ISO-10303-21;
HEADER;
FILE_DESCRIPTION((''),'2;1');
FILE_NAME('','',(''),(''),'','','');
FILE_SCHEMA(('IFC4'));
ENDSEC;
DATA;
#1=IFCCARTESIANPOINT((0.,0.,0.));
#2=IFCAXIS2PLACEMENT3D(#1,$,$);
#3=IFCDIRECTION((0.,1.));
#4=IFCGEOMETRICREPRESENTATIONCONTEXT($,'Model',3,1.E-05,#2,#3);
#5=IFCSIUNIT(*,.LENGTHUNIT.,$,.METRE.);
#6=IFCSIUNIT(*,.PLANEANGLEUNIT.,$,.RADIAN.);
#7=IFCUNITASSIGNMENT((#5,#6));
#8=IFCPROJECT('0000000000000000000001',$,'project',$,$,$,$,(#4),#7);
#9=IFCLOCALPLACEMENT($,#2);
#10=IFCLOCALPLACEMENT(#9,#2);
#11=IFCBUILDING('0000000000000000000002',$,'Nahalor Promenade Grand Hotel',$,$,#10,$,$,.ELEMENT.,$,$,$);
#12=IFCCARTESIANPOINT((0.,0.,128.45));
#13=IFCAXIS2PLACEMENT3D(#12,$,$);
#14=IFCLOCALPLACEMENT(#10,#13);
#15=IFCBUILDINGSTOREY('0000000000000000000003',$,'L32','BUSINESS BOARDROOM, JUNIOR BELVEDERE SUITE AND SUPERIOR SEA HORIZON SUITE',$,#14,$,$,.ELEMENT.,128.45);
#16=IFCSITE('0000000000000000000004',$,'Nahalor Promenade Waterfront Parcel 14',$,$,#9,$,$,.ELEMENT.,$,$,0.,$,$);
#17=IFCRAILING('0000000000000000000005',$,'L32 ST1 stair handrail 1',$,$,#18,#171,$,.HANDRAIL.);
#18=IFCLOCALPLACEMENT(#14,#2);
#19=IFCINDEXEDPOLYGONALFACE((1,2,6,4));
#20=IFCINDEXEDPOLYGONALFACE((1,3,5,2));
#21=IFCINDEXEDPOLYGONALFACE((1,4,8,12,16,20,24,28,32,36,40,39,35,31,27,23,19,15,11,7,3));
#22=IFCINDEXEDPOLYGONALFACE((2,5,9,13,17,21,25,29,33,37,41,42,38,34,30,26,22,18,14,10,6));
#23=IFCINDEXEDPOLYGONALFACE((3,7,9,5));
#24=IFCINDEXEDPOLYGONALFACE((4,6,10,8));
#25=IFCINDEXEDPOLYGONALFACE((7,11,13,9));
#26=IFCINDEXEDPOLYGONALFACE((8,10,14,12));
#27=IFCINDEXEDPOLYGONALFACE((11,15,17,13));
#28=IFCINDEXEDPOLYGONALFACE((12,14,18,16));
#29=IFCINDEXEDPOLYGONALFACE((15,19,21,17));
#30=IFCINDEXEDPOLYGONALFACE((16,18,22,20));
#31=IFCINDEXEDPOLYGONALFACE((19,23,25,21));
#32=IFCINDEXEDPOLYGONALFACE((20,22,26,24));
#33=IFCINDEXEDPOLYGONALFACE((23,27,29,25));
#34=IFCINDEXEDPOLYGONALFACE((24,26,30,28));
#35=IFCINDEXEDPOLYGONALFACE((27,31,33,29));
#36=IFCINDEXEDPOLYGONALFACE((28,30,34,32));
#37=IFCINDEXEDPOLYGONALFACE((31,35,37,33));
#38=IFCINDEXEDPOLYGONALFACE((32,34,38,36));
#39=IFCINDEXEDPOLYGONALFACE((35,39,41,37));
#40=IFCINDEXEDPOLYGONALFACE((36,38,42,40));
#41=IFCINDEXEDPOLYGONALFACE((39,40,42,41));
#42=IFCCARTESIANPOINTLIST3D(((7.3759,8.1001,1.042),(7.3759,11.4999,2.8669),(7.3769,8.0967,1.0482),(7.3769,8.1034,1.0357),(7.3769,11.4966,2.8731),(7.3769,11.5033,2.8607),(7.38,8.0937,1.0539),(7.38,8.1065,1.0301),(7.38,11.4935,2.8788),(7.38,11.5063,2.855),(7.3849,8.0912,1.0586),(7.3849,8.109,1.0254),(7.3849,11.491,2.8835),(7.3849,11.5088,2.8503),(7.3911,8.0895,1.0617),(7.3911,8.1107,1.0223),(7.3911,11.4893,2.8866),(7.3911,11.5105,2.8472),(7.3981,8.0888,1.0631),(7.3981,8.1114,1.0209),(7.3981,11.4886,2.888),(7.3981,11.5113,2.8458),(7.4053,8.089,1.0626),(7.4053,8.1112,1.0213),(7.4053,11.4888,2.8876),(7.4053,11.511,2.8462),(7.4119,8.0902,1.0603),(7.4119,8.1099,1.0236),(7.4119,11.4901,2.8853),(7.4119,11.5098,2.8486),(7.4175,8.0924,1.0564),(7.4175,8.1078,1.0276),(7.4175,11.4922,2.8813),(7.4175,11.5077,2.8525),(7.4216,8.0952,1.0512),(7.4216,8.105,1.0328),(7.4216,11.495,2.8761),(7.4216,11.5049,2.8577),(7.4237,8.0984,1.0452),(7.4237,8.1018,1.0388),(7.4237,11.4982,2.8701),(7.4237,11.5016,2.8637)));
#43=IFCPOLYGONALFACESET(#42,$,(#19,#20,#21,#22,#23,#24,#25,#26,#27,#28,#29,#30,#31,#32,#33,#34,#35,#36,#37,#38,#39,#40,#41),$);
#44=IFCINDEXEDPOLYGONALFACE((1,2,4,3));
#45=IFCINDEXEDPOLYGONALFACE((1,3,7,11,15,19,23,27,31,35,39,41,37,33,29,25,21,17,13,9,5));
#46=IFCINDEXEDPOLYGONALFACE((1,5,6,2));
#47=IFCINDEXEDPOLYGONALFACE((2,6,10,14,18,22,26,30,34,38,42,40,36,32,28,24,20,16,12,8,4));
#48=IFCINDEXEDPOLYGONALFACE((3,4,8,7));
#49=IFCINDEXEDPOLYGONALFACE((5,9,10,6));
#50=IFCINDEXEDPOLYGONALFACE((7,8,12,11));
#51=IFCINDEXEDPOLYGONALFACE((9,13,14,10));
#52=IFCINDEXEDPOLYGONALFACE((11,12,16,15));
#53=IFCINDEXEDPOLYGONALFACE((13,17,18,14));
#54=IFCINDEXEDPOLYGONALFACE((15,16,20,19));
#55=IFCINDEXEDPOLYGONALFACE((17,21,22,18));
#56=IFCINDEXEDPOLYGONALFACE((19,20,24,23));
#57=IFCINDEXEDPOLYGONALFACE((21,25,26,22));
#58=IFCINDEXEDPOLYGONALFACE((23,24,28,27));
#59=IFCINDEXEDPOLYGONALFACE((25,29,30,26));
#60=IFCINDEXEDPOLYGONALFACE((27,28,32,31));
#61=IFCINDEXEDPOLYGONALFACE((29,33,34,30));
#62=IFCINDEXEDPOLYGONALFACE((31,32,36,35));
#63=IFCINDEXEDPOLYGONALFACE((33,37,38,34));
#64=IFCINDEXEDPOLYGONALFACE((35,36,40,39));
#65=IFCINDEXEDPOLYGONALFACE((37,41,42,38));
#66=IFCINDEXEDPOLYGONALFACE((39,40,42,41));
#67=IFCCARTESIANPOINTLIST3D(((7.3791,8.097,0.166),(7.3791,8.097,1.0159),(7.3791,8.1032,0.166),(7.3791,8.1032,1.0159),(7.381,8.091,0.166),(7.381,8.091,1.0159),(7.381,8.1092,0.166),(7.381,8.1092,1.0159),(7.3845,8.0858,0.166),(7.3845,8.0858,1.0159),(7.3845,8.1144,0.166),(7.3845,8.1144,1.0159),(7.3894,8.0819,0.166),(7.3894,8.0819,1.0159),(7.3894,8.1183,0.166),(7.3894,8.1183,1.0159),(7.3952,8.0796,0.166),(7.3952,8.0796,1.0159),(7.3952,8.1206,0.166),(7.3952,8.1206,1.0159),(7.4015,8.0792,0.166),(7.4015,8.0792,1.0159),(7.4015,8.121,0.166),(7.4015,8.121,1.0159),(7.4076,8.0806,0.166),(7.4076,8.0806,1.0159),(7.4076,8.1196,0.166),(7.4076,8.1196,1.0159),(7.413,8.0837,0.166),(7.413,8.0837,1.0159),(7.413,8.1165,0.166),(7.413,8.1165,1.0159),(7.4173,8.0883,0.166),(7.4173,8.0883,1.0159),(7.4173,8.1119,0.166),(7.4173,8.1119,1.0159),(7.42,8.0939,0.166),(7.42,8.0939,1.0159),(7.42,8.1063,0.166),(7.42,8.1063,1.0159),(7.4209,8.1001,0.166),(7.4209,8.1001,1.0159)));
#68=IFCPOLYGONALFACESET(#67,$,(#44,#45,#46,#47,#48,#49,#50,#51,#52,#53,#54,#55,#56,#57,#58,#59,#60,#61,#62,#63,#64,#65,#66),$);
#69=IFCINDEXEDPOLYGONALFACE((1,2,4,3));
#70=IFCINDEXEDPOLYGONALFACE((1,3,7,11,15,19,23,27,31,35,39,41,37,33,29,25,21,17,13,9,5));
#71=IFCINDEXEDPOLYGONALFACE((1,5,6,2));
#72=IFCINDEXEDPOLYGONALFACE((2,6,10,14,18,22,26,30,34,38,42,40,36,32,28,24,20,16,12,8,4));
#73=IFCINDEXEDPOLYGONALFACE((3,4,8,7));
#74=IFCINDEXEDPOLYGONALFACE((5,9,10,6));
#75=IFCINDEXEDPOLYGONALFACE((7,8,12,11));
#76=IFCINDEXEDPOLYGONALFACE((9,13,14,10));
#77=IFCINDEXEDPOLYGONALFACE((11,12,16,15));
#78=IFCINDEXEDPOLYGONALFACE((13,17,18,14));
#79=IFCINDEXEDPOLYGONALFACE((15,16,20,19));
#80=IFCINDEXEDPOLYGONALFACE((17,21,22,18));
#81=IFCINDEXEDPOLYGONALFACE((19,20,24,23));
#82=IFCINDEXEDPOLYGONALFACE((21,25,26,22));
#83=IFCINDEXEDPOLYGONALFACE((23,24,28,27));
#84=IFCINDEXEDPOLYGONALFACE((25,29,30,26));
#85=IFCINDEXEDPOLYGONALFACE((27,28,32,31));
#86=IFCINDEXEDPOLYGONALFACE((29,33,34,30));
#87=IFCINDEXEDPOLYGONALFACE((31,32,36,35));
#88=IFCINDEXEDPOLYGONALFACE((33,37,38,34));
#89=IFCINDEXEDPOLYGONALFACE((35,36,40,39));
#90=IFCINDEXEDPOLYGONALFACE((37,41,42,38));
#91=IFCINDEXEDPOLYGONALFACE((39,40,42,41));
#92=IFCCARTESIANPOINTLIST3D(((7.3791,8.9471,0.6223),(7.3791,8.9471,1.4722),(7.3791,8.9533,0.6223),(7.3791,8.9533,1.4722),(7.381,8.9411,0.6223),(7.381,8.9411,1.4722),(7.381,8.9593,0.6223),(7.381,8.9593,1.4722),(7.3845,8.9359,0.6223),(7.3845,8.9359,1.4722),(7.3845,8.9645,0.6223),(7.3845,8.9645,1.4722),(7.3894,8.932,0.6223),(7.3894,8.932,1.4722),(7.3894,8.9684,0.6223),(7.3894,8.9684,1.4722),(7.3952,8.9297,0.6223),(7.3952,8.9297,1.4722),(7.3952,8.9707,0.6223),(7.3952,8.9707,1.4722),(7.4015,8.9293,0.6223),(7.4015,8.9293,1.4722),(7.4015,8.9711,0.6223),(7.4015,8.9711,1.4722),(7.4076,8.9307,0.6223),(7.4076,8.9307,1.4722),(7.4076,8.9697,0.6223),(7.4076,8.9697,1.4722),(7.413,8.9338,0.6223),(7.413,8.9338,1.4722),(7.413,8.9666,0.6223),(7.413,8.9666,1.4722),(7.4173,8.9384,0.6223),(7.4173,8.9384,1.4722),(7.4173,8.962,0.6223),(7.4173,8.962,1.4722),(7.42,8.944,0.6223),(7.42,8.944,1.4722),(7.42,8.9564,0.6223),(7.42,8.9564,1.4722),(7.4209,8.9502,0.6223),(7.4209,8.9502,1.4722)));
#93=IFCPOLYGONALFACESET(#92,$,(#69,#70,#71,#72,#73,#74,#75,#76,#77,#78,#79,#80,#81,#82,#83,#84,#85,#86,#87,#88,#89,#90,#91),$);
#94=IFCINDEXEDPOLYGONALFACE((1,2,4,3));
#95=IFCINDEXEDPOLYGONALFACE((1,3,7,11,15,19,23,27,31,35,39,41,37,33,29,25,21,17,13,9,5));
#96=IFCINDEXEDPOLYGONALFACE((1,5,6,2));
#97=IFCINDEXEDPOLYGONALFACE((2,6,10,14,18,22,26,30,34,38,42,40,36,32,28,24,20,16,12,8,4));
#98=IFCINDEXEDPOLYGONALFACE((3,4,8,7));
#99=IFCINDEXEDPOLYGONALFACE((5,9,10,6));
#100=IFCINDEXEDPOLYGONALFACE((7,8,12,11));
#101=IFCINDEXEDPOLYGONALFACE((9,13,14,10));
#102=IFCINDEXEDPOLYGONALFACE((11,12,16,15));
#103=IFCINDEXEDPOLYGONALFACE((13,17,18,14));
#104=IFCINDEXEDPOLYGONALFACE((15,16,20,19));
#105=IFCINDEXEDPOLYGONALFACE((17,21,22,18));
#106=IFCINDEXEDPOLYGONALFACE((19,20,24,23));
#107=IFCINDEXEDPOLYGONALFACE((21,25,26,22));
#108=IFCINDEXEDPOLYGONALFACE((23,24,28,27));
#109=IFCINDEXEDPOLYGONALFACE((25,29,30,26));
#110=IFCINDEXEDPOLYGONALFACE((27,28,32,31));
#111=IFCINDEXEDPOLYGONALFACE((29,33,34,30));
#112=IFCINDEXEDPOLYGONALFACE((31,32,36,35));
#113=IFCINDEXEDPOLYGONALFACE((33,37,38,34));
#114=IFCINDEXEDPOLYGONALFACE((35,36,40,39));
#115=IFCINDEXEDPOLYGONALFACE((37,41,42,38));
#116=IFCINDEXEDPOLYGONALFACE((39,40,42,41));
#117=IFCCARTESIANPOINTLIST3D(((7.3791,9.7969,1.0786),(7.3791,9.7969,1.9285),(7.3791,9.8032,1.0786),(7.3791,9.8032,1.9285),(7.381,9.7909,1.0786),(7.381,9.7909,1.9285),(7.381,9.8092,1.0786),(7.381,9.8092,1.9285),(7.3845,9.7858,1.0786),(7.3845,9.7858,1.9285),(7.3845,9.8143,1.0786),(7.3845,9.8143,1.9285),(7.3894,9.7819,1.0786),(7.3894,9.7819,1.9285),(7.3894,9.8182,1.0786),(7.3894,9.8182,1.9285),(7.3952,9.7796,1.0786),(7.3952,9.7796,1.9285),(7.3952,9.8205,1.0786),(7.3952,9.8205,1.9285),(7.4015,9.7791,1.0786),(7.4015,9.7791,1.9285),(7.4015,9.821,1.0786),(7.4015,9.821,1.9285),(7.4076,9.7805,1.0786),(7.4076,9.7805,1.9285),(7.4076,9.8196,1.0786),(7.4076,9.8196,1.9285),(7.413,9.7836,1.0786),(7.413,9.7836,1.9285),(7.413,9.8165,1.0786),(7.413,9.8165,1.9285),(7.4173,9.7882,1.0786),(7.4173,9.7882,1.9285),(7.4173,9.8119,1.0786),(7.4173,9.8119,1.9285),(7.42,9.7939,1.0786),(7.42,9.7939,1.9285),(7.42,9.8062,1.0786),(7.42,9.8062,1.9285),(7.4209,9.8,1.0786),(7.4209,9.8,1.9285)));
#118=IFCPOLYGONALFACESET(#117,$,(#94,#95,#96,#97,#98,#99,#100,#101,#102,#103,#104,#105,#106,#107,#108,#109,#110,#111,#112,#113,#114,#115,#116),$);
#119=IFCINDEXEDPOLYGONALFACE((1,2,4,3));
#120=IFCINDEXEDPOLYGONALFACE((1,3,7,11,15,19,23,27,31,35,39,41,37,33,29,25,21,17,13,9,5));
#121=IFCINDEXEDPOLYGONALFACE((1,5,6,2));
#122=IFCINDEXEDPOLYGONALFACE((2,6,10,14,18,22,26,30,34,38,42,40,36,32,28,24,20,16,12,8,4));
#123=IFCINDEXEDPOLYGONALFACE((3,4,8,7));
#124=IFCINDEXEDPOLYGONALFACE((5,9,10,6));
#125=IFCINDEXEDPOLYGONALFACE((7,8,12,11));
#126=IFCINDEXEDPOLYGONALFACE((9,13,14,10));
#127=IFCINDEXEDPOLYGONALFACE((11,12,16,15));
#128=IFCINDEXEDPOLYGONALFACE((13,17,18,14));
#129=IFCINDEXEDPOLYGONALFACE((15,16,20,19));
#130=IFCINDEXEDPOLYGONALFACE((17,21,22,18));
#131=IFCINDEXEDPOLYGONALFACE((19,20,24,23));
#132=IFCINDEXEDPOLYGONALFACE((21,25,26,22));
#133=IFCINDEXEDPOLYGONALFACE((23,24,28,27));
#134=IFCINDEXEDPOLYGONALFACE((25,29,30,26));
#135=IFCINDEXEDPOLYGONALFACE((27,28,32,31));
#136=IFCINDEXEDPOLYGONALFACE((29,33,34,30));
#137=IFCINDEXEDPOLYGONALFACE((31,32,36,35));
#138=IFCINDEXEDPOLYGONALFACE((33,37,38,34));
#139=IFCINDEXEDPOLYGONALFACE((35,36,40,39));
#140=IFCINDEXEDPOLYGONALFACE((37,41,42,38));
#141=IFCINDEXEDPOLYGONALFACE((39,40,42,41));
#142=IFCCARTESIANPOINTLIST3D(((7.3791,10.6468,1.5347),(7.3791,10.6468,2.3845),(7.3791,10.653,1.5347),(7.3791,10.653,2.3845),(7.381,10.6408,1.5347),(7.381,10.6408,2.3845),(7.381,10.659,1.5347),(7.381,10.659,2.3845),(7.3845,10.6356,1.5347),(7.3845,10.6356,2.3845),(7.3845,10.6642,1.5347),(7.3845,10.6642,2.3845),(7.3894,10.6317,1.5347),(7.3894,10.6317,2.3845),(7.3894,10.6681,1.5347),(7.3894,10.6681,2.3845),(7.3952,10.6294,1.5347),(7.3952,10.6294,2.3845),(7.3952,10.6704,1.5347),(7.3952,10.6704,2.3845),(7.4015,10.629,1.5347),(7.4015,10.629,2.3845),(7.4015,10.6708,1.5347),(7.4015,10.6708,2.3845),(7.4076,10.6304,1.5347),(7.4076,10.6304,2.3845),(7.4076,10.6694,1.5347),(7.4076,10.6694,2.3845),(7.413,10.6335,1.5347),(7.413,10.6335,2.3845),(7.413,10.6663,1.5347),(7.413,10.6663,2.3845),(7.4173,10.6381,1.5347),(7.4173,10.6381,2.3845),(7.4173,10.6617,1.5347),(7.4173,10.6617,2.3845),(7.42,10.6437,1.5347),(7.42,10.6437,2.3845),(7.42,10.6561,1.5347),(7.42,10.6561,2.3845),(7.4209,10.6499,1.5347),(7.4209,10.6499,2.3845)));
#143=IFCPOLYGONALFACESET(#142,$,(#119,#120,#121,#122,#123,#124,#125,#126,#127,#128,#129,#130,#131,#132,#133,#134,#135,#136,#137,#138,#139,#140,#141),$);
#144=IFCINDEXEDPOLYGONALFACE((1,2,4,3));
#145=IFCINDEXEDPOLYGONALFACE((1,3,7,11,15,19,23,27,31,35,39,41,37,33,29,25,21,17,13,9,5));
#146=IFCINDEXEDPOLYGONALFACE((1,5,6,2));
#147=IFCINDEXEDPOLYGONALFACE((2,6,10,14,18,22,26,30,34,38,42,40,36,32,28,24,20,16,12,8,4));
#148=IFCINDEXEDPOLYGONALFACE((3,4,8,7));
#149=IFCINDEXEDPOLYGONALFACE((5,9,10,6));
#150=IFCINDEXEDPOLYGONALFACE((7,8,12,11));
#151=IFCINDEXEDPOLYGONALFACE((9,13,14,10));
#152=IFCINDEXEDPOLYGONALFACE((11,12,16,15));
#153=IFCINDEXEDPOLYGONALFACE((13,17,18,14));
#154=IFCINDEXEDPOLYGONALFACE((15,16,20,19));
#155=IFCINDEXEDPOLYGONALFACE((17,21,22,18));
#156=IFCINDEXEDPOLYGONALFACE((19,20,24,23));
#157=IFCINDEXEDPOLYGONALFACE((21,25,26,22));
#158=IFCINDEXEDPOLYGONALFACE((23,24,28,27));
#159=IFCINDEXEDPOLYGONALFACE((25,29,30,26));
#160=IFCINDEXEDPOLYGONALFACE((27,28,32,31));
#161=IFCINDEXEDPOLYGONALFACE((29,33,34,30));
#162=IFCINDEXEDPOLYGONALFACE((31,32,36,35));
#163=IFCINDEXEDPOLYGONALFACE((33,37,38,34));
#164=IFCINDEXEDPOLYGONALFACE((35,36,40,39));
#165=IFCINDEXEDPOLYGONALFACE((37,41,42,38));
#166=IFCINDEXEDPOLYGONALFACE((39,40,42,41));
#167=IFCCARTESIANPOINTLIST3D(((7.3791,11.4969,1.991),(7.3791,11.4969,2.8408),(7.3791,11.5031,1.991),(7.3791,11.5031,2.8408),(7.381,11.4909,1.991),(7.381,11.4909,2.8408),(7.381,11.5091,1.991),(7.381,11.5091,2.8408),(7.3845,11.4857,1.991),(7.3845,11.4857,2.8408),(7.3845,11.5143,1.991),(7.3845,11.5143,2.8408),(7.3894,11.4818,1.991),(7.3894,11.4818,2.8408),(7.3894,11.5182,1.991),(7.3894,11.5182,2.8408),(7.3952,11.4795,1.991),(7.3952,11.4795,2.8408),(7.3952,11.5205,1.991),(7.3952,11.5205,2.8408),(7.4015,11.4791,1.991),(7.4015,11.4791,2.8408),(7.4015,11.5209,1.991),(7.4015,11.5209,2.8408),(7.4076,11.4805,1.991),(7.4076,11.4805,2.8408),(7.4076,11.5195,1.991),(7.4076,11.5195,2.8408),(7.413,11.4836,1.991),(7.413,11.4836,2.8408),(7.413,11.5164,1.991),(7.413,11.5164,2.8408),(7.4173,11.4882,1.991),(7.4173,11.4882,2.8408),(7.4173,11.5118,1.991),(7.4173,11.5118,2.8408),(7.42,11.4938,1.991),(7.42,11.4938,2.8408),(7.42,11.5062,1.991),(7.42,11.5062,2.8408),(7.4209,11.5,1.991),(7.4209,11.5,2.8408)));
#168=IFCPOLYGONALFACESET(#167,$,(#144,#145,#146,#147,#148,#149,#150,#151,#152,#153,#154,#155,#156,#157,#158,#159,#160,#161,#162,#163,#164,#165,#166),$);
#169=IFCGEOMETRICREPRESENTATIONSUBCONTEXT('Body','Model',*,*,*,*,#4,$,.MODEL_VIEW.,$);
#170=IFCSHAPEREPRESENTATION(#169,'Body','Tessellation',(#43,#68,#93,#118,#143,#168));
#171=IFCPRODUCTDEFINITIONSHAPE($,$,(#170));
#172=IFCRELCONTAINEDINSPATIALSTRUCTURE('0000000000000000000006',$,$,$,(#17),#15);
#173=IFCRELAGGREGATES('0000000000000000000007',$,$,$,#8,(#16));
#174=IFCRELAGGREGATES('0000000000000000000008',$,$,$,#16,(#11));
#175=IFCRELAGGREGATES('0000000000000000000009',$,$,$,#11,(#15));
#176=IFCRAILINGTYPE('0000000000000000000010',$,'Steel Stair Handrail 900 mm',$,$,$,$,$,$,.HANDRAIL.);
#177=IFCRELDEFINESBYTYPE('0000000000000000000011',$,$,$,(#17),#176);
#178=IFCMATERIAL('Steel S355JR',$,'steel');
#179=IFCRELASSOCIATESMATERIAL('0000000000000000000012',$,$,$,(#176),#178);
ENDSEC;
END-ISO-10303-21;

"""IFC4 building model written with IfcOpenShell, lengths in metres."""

from ifc_helpers import new_model, si_unit, direction, frame, origin, origin_2d, place, context, subcontext, project, spatial, circle, extrude, material, type_object, element, save


model = new_model("IFC4")

# Units and contexts
model_context = context("Model", 3, precision=1e-05, world=origin(), true_north=direction((0.0, 1.0)))
body_context = subcontext(model_context, "Body", "Model", "MODEL_VIEW")
ifc_project = project(units=[si_unit("LENGTHUNIT", "METRE"), si_unit("PLANEANGLEUNIT", "RADIAN")], contexts=[model_context])

# Site, building, storey
site_placement = place(None, origin())
site = spatial("IfcSite", under=ifc_project, at=site_placement, Name="Nahalor Promenade Waterfront Parcel 14", CompositionType="ELEMENT", RefElevation=0.0)
building_placement = place(site_placement, origin())
building = spatial("IfcBuilding", under=site, at=building_placement, Name="Nahalor Promenade Grand Hotel", CompositionType="ELEMENT")
storey_placement = place(building_placement, frame((0.0, 0.0, 128.45)))
storey = spatial("IfcBuildingStorey", under=building, at=storey_placement, Name="L32", Description="BUSINESS BOARDROOM, JUNIOR BELVEDERE SUITE AND SUPERIOR SEA HORIZON SUITE", CompositionType="ELEMENT", Elevation=128.45)

# Shared definitions
ifc_material_1 = material(Name="Steel S355JR", Category="steel")

# Railing
railing_type_1 = type_object("IfcRailingType", Name="Steel Stair Handrail 900 mm", PredefinedType="HANDRAIL", material=ifc_material_1)
railing_1_placement = place(storey_placement, frame((7.3999, 8.1001, 0.166)))
element("IfcRailing", 1, at=railing_1_placement, inside=storey, type_object=railing_type_1, Name="L32 ST1 stair handrail 1", PredefinedType="HANDRAIL", context=body_context, shape_type="SweptSolid", body=[
    extrude(circle(Radius=0.024, at=origin_2d()), frame((0.0, 0.0, 0.876), z_axis=(0.0, 0.881094, 0.472941), x_axis=(-1.0, 0.0, 0.0)), (0.0, 0.0, 1.0), 3.8586),
    extrude(circle(Radius=0.021, at=origin_2d()), origin(), (0.0, 0.0, 1.0), 0.8499),
    extrude(circle(Radius=0.021, at=origin_2d()), frame((0.0, 0.8501, 0.4563)), (0.0, 0.0, 1.0), 0.8499),
    extrude(circle(Radius=0.021, at=origin_2d()), frame((0.0, 1.7, 0.9126)), (0.0, 0.0, 1.0), 0.8499),
    extrude(circle(Radius=0.021, at=origin_2d()), frame((0.0, 2.5498, 1.3687)), (0.0, 0.0, 1.0), 0.8499),
    extrude(circle(Radius=0.021, at=origin_2d()), frame((0.0, 3.3999, 1.825)), (0.0, 0.0, 1.0), 0.8499),
])

save(model, "model.ifc")
